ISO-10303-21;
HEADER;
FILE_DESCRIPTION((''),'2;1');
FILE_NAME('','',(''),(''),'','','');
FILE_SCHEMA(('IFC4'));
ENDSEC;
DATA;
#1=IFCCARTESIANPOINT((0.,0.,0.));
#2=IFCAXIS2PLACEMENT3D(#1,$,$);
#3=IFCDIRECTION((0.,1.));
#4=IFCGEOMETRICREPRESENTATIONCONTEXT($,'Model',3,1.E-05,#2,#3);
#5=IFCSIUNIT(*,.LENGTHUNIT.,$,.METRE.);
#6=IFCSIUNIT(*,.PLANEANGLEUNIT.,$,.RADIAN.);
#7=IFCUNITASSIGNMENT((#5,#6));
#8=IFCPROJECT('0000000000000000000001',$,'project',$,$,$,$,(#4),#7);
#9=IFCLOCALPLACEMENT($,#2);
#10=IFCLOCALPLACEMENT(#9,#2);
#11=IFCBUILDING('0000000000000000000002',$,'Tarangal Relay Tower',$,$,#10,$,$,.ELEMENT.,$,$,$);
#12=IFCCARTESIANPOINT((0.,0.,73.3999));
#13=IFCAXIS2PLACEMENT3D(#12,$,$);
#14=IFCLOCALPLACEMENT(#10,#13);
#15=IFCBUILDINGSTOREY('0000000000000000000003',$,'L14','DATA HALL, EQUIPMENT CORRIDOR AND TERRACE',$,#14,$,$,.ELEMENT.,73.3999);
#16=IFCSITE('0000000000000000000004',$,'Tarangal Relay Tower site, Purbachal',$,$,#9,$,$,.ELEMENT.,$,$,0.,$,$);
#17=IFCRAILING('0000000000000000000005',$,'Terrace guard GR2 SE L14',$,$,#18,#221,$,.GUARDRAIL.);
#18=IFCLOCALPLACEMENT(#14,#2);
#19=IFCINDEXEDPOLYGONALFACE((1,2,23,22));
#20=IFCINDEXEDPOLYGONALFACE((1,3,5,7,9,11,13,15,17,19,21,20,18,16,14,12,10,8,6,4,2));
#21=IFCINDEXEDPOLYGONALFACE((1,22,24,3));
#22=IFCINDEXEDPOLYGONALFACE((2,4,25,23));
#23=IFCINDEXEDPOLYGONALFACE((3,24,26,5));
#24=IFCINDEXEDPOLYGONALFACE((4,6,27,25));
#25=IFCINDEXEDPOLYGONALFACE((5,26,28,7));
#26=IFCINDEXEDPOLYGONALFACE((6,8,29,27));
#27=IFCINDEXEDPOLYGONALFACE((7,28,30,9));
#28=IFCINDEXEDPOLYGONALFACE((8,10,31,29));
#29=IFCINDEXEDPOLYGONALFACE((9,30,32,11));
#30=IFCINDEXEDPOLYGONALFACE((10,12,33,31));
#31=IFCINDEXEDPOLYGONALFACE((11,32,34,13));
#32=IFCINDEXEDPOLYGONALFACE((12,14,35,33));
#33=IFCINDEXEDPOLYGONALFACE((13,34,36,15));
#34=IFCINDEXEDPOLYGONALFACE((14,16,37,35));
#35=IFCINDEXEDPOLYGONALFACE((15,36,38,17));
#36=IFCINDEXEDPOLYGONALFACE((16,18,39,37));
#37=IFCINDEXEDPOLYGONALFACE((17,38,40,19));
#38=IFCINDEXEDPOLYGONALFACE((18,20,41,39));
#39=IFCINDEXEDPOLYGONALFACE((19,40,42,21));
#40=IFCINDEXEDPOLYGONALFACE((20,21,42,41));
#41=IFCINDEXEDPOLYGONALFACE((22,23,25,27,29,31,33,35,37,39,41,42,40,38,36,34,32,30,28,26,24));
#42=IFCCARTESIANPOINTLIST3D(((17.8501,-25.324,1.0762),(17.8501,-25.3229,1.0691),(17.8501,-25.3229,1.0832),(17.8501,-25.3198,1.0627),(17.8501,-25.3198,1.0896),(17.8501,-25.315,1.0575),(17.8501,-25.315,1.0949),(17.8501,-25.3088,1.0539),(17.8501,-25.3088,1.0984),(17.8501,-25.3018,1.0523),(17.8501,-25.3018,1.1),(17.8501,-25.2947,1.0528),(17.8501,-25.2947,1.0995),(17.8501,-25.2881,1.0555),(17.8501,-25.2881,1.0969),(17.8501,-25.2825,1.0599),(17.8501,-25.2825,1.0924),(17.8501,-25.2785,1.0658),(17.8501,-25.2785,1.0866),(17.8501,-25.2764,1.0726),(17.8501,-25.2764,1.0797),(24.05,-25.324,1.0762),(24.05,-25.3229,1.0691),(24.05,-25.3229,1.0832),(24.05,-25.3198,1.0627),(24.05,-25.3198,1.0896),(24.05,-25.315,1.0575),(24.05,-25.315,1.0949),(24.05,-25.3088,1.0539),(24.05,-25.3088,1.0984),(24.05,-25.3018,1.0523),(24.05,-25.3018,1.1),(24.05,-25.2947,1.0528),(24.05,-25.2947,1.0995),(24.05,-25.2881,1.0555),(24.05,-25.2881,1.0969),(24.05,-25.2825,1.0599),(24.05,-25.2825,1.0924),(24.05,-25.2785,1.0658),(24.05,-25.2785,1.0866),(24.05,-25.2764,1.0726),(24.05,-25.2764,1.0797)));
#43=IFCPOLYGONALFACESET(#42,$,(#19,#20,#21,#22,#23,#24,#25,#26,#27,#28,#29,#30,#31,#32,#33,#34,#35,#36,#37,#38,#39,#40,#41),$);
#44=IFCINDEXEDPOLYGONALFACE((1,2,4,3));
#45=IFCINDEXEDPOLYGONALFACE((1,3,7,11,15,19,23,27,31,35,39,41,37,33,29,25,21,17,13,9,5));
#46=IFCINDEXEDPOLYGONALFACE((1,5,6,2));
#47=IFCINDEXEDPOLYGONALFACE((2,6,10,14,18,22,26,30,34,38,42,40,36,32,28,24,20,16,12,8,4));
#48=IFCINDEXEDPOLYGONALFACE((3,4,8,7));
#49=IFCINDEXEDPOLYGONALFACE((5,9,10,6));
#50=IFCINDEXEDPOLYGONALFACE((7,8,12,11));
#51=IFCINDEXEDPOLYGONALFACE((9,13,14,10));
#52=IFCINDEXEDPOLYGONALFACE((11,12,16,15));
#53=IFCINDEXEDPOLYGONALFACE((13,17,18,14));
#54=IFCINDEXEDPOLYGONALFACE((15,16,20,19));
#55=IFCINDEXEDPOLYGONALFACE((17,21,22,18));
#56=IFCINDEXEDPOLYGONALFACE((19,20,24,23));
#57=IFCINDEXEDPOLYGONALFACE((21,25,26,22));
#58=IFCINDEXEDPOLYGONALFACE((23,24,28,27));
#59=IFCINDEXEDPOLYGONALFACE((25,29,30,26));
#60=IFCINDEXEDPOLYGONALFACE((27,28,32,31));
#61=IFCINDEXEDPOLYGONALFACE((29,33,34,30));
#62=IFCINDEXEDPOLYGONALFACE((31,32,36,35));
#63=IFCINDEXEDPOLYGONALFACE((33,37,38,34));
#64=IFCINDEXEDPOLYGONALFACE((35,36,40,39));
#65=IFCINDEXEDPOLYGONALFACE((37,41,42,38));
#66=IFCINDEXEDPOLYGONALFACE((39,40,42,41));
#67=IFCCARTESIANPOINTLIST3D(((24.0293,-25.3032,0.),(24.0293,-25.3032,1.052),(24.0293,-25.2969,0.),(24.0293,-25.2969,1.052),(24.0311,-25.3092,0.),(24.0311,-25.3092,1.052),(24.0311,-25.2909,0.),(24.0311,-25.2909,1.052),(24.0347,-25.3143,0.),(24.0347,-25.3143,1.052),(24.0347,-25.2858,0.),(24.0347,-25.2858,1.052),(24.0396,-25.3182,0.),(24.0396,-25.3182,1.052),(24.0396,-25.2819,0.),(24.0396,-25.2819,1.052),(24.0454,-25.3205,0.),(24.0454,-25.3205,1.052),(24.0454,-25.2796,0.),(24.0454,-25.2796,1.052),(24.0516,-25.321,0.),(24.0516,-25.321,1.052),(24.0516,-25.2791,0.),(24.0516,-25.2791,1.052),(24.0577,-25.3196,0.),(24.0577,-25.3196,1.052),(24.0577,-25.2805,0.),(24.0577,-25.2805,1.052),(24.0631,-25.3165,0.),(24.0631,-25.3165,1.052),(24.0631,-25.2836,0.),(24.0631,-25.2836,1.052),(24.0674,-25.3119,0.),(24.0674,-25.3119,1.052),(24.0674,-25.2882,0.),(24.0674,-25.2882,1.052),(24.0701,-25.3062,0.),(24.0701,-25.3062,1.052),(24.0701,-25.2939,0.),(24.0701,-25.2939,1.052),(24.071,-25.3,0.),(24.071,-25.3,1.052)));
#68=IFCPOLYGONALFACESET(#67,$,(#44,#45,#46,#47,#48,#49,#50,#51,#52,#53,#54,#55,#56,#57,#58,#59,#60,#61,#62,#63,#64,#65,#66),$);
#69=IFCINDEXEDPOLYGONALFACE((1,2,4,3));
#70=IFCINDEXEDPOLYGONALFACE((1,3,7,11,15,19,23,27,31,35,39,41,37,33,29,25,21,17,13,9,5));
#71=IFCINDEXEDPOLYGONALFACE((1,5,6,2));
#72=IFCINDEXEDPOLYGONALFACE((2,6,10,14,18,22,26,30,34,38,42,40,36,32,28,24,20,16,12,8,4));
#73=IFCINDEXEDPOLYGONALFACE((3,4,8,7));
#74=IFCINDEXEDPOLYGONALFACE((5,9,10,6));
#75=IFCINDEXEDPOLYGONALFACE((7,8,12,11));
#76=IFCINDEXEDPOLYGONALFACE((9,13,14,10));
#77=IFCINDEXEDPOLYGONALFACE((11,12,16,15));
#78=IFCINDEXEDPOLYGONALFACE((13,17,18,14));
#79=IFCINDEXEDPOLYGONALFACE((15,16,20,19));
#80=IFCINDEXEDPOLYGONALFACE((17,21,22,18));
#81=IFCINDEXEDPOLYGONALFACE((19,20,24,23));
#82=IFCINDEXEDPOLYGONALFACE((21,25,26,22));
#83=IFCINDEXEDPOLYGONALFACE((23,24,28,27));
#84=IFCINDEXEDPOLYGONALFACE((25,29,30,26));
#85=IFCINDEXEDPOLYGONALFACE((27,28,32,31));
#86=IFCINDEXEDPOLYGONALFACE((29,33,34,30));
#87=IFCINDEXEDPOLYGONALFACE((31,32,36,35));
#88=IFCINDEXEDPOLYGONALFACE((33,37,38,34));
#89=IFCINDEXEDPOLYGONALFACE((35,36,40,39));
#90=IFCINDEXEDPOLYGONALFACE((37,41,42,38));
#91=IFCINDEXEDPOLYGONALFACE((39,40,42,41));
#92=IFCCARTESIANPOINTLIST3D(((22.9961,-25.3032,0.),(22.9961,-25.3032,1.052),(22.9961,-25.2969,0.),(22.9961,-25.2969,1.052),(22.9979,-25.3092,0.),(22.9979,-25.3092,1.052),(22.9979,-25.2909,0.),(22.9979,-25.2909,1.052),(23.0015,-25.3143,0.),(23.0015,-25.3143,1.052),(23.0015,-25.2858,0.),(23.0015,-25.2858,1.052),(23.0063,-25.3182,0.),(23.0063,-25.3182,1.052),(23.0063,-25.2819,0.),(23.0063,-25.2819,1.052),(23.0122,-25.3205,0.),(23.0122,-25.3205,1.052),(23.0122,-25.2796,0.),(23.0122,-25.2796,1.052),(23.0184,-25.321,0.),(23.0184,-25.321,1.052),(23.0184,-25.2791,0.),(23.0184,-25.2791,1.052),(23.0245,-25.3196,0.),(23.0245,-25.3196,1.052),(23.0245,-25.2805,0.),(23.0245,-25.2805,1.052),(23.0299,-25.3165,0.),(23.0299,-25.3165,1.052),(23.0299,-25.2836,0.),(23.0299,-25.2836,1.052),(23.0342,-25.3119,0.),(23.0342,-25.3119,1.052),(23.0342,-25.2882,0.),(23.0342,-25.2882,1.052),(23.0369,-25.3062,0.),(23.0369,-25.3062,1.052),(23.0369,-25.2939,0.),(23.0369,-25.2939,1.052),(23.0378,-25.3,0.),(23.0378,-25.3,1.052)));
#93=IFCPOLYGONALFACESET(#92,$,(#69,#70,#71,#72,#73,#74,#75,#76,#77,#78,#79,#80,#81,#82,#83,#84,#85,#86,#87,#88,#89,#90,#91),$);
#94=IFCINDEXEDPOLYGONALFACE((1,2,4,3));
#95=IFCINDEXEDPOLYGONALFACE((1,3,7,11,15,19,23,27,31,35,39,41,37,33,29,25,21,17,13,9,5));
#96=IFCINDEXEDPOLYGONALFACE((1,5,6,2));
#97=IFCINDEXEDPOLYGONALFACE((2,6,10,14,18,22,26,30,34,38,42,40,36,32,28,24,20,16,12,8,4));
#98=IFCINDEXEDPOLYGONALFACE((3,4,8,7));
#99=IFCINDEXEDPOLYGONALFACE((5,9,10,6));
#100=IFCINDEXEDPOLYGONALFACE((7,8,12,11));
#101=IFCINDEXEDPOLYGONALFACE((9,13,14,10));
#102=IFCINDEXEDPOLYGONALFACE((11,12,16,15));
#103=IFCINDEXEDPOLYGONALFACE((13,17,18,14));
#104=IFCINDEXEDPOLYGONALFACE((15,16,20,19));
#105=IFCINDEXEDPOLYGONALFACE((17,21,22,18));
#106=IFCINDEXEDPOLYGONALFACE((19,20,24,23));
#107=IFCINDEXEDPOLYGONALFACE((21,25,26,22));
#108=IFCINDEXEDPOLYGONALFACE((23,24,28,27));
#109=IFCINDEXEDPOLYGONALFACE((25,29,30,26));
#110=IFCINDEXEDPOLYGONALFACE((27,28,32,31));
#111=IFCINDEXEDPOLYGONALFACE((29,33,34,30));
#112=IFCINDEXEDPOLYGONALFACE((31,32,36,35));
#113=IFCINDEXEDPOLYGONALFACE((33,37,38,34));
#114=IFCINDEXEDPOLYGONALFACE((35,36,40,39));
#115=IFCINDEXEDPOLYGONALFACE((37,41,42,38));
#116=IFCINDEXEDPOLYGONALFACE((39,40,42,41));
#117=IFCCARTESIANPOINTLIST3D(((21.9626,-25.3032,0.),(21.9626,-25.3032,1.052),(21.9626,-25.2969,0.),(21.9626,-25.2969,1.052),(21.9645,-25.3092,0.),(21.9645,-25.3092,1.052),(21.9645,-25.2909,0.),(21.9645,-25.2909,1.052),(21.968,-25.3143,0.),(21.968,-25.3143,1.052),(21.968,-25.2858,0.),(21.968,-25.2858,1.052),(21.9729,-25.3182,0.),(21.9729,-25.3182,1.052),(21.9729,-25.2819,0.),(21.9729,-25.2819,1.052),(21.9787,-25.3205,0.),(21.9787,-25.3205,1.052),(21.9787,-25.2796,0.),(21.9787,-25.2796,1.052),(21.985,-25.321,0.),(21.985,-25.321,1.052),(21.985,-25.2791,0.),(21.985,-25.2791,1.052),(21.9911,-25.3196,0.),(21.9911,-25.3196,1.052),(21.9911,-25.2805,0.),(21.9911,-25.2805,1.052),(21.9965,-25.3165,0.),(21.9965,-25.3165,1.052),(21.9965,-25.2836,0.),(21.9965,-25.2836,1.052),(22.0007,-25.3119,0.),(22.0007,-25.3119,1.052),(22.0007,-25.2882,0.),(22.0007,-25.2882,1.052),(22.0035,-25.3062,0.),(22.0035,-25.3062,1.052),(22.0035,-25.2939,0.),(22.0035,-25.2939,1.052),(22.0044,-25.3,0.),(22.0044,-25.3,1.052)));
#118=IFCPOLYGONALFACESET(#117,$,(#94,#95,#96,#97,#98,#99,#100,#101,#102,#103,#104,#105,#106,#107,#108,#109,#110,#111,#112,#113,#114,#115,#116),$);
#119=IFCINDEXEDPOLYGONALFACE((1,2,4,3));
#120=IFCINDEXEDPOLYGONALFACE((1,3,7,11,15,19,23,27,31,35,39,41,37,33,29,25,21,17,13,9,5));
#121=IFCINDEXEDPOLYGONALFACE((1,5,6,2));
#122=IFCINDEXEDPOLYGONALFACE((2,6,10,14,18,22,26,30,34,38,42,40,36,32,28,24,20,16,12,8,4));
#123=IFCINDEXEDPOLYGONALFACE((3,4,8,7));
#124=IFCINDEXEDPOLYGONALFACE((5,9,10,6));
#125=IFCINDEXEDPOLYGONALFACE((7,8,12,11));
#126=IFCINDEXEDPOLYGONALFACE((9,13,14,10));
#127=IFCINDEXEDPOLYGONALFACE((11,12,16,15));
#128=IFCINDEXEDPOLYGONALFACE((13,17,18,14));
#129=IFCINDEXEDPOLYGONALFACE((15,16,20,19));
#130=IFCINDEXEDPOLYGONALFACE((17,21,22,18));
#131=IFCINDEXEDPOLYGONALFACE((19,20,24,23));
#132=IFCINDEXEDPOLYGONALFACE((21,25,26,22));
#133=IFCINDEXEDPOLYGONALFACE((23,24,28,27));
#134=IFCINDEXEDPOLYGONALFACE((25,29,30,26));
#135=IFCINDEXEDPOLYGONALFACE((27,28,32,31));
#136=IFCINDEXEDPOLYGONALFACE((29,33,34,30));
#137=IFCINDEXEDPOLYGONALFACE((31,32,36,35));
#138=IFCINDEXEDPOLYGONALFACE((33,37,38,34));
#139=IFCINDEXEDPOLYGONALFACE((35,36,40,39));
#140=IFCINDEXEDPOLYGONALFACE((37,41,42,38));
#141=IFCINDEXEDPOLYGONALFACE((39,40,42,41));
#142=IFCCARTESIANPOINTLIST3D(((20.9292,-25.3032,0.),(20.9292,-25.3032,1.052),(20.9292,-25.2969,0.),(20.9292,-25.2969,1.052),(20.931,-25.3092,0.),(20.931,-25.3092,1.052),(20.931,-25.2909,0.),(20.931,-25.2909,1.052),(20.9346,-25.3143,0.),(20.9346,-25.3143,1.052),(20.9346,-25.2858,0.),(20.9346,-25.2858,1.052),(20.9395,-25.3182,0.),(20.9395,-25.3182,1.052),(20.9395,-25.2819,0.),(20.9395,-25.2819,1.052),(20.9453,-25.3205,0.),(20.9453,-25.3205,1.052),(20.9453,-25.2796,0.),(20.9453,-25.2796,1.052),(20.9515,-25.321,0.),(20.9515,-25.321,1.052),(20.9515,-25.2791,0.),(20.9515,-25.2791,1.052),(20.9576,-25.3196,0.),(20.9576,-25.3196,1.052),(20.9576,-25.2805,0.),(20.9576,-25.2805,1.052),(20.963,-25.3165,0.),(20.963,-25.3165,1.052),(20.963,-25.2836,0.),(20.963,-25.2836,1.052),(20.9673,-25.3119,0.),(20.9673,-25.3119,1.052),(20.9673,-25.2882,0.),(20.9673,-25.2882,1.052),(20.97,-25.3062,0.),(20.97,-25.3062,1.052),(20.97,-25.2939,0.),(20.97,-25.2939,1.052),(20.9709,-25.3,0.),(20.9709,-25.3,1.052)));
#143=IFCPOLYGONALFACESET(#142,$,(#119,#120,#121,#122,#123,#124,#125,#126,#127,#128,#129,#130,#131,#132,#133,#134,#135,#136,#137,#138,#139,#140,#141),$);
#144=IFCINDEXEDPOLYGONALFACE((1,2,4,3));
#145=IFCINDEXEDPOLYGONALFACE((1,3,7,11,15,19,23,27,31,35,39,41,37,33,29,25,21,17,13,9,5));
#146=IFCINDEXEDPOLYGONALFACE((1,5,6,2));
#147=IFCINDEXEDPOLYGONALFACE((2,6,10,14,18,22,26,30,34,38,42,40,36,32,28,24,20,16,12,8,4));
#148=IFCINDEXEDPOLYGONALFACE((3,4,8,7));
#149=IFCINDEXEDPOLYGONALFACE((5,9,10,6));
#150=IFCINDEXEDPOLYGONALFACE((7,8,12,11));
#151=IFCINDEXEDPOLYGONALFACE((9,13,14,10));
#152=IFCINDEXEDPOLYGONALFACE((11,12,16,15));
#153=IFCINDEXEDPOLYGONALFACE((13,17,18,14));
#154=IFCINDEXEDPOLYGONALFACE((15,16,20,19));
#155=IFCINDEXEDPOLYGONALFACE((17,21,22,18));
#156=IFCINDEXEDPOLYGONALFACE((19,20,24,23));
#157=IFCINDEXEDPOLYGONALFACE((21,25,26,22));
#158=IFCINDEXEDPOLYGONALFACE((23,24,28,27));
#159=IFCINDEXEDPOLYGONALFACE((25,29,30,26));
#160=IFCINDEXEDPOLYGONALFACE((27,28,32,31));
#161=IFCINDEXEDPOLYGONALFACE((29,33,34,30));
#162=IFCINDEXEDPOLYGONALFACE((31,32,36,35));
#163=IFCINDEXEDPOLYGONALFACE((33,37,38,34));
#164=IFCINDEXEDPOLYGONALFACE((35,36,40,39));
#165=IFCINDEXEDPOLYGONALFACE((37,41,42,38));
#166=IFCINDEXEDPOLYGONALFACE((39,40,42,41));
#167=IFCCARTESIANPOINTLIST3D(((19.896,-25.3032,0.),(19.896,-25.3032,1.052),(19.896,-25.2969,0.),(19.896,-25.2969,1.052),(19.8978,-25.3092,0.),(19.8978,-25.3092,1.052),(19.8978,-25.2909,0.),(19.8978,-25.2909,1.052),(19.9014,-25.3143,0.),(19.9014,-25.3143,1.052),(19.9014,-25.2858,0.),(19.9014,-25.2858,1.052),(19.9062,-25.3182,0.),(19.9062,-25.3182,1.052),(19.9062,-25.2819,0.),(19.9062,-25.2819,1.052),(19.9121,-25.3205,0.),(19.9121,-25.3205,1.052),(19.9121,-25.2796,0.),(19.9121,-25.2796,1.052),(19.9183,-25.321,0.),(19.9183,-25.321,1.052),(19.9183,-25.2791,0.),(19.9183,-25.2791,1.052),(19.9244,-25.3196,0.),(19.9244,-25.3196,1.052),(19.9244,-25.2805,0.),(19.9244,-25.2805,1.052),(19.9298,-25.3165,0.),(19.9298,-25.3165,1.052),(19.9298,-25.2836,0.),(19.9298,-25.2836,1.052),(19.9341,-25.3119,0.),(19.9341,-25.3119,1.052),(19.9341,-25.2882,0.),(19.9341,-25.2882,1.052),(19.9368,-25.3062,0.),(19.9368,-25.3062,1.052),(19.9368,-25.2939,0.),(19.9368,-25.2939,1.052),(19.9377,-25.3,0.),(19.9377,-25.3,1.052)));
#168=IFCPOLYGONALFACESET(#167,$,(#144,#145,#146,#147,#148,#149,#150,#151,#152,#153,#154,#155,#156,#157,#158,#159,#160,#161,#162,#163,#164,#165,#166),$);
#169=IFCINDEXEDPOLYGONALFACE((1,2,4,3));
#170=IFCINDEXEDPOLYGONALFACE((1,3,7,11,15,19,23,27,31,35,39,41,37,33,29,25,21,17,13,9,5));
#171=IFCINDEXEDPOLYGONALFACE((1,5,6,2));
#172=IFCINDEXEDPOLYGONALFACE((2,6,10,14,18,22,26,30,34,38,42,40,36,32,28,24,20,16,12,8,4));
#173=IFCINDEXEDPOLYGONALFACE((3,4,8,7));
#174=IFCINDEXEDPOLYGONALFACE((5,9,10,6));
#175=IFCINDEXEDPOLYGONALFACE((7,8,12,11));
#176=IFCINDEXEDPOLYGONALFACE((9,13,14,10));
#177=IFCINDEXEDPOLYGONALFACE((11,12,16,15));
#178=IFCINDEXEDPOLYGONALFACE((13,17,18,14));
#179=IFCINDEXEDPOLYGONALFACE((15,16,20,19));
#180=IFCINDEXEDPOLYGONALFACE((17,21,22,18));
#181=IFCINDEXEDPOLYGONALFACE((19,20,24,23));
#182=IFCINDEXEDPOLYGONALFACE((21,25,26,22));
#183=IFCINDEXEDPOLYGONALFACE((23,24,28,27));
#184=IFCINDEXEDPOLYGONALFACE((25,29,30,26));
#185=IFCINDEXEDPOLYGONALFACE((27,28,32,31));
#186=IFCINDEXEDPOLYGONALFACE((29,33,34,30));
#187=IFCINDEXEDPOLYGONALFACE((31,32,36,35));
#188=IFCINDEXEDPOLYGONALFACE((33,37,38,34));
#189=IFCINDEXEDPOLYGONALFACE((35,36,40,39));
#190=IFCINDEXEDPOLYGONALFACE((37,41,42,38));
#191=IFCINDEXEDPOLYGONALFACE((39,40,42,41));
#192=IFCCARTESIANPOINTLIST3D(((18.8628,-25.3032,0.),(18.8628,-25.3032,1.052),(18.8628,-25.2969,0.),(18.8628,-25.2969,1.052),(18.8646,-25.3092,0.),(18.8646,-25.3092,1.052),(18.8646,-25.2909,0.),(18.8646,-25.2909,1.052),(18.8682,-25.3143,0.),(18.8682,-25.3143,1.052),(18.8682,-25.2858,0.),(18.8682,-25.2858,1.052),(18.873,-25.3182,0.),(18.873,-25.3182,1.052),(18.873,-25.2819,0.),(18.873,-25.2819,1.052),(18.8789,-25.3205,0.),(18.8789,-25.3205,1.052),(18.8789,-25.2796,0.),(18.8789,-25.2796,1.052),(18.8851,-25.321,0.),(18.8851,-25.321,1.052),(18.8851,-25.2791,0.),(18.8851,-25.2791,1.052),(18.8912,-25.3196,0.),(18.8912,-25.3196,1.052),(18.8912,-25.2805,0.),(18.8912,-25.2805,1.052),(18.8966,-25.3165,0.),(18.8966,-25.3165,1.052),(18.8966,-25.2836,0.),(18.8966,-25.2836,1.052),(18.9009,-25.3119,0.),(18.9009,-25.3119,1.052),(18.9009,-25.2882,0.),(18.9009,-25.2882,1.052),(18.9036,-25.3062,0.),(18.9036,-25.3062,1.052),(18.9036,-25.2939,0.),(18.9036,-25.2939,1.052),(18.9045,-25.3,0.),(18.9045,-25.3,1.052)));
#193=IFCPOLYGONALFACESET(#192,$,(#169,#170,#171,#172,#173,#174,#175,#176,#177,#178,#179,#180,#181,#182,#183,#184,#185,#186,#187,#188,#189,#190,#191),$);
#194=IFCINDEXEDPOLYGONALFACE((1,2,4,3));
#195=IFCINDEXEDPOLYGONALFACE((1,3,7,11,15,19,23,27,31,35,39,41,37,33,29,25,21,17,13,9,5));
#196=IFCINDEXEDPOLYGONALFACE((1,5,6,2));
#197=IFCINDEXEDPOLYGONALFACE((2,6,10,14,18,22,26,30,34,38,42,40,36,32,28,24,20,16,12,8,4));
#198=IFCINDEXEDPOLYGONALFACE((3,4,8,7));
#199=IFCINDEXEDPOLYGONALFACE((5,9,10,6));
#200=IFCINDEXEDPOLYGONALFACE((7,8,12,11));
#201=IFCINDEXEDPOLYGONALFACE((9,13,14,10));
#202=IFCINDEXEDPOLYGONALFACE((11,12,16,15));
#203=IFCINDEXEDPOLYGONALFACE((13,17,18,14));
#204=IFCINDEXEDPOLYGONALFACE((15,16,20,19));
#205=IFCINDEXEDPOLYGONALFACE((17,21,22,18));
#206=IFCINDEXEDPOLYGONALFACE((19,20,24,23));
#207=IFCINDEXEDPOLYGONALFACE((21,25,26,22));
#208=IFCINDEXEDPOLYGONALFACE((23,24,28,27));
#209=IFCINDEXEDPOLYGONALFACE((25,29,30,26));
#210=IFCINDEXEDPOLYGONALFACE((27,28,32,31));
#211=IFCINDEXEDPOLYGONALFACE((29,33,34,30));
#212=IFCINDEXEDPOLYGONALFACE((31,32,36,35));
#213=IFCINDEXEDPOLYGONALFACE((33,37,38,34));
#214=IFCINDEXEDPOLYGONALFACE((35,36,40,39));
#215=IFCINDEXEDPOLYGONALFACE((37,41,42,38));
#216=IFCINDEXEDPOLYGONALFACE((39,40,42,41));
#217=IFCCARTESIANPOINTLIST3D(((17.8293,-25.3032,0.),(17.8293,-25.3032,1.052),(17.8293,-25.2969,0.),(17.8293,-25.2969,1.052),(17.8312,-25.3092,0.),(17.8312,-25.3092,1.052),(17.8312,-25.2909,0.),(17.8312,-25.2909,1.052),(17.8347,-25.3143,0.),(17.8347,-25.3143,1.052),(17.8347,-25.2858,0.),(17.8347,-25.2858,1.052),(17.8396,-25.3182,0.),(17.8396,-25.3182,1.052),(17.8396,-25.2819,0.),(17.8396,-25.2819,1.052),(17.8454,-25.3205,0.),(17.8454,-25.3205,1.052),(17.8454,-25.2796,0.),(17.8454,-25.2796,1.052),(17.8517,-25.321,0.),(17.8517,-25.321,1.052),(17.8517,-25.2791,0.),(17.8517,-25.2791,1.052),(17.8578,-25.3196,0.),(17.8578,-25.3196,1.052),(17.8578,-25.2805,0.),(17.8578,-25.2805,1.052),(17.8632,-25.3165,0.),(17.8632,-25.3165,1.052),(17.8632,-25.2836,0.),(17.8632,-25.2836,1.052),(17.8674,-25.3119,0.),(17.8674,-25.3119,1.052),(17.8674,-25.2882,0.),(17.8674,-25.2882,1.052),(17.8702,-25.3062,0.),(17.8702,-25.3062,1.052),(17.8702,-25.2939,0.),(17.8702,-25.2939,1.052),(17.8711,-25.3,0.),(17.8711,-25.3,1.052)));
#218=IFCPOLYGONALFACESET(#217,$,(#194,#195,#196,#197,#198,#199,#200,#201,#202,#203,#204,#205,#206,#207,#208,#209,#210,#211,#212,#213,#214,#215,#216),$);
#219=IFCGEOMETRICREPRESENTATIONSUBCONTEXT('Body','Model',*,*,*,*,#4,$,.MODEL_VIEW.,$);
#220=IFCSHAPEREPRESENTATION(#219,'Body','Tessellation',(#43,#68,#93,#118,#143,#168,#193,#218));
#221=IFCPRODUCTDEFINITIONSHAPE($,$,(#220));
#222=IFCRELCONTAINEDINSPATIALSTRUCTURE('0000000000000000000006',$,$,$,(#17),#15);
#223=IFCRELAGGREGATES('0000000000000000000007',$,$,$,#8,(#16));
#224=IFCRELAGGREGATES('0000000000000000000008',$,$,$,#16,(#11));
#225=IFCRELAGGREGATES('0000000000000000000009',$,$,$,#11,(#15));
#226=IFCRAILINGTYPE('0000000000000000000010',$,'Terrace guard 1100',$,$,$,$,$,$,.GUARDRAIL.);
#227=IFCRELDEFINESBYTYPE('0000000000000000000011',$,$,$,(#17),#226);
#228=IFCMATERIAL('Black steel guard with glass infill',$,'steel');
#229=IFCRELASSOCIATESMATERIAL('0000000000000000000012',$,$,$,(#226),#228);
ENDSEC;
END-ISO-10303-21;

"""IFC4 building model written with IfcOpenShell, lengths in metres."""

from ifc_helpers import new_model, si_unit, direction, frame, origin, origin_2d, place, context, subcontext, project, spatial, circle, extrude, material, type_object, element, save


model = new_model("IFC4")

# Units and contexts
model_context = context("Model", 3, precision=1e-05, world=origin(), true_north=direction((0.0, 1.0)))
body_context = subcontext(model_context, "Body", "Model", "MODEL_VIEW")
ifc_project = project(units=[si_unit("LENGTHUNIT", "METRE"), si_unit("PLANEANGLEUNIT", "RADIAN")], contexts=[model_context])

# Site, building, storey
site_placement = place(None, origin())
site = spatial("IfcSite", under=ifc_project, at=site_placement, Name="Tarangal Relay Tower site, Purbachal", CompositionType="ELEMENT", RefElevation=0.0)
building_placement = place(site_placement, origin())
building = spatial("IfcBuilding", under=site, at=building_placement, Name="Tarangal Relay Tower", CompositionType="ELEMENT")
storey_placement = place(building_placement, frame((0.0, 0.0, 73.3999)))
storey = spatial("IfcBuildingStorey", under=building, at=storey_placement, Name="L14", Description="DATA HALL, EQUIPMENT CORRIDOR AND TERRACE", CompositionType="ELEMENT", Elevation=73.3999)

# Railing
ifc_material_1 = material(Name="Black steel guard with glass infill", Category="steel")
railing_type = type_object("IfcRailingType", Name="Terrace guard 1100", PredefinedType="GUARDRAIL", material=ifc_material_1)
railing_1_placement = place(storey_placement, frame((24.05, -25.3, 0.0)))
element("IfcRailing", 1, at=railing_1_placement, inside=storey, type_object=railing_type, Name="Terrace guard GR2 SE L14", PredefinedType="GUARDRAIL", context=body_context, shape_type="SweptSolid", body=[
    extrude(circle(Radius=0.0239, at=origin_2d()), frame((0.0, 0.0, 1.0762), z_axis=(-1.0, 0.0, 0.0), x_axis=(0.0, -1.0, 0.0)), (0.0, 0.0, 1.0), 6.2),
    extrude(circle(Radius=0.021, at=origin_2d()), origin(), (0.0, 0.0, 1.0), 1.052),
    extrude(circle(Radius=0.021, at=origin_2d()), frame((-1.0332, 0.0, 0.0)), (0.0, 0.0, 1.0), 1.052),
    extrude(circle(Radius=0.021, at=origin_2d()), frame((-2.0667, 0.0, 0.0)), (0.0, 0.0, 1.0), 1.052),
    extrude(circle(Radius=0.021, at=origin_2d()), frame((-3.1001, 0.0, 0.0)), (0.0, 0.0, 1.0), 1.052),
    extrude(circle(Radius=0.021, at=origin_2d()), frame((-4.1333, 0.0, 0.0)), (0.0, 0.0, 1.0), 1.052),
    extrude(circle(Radius=0.021, at=origin_2d()), frame((-5.1665, 0.0, 0.0)), (0.0, 0.0, 1.0), 1.052),
    extrude(circle(Radius=0.021, at=origin_2d()), frame((-6.2, 0.0, 0.0)), (0.0, 0.0, 1.0), 1.052),
])

save(model, "model.ifc")
